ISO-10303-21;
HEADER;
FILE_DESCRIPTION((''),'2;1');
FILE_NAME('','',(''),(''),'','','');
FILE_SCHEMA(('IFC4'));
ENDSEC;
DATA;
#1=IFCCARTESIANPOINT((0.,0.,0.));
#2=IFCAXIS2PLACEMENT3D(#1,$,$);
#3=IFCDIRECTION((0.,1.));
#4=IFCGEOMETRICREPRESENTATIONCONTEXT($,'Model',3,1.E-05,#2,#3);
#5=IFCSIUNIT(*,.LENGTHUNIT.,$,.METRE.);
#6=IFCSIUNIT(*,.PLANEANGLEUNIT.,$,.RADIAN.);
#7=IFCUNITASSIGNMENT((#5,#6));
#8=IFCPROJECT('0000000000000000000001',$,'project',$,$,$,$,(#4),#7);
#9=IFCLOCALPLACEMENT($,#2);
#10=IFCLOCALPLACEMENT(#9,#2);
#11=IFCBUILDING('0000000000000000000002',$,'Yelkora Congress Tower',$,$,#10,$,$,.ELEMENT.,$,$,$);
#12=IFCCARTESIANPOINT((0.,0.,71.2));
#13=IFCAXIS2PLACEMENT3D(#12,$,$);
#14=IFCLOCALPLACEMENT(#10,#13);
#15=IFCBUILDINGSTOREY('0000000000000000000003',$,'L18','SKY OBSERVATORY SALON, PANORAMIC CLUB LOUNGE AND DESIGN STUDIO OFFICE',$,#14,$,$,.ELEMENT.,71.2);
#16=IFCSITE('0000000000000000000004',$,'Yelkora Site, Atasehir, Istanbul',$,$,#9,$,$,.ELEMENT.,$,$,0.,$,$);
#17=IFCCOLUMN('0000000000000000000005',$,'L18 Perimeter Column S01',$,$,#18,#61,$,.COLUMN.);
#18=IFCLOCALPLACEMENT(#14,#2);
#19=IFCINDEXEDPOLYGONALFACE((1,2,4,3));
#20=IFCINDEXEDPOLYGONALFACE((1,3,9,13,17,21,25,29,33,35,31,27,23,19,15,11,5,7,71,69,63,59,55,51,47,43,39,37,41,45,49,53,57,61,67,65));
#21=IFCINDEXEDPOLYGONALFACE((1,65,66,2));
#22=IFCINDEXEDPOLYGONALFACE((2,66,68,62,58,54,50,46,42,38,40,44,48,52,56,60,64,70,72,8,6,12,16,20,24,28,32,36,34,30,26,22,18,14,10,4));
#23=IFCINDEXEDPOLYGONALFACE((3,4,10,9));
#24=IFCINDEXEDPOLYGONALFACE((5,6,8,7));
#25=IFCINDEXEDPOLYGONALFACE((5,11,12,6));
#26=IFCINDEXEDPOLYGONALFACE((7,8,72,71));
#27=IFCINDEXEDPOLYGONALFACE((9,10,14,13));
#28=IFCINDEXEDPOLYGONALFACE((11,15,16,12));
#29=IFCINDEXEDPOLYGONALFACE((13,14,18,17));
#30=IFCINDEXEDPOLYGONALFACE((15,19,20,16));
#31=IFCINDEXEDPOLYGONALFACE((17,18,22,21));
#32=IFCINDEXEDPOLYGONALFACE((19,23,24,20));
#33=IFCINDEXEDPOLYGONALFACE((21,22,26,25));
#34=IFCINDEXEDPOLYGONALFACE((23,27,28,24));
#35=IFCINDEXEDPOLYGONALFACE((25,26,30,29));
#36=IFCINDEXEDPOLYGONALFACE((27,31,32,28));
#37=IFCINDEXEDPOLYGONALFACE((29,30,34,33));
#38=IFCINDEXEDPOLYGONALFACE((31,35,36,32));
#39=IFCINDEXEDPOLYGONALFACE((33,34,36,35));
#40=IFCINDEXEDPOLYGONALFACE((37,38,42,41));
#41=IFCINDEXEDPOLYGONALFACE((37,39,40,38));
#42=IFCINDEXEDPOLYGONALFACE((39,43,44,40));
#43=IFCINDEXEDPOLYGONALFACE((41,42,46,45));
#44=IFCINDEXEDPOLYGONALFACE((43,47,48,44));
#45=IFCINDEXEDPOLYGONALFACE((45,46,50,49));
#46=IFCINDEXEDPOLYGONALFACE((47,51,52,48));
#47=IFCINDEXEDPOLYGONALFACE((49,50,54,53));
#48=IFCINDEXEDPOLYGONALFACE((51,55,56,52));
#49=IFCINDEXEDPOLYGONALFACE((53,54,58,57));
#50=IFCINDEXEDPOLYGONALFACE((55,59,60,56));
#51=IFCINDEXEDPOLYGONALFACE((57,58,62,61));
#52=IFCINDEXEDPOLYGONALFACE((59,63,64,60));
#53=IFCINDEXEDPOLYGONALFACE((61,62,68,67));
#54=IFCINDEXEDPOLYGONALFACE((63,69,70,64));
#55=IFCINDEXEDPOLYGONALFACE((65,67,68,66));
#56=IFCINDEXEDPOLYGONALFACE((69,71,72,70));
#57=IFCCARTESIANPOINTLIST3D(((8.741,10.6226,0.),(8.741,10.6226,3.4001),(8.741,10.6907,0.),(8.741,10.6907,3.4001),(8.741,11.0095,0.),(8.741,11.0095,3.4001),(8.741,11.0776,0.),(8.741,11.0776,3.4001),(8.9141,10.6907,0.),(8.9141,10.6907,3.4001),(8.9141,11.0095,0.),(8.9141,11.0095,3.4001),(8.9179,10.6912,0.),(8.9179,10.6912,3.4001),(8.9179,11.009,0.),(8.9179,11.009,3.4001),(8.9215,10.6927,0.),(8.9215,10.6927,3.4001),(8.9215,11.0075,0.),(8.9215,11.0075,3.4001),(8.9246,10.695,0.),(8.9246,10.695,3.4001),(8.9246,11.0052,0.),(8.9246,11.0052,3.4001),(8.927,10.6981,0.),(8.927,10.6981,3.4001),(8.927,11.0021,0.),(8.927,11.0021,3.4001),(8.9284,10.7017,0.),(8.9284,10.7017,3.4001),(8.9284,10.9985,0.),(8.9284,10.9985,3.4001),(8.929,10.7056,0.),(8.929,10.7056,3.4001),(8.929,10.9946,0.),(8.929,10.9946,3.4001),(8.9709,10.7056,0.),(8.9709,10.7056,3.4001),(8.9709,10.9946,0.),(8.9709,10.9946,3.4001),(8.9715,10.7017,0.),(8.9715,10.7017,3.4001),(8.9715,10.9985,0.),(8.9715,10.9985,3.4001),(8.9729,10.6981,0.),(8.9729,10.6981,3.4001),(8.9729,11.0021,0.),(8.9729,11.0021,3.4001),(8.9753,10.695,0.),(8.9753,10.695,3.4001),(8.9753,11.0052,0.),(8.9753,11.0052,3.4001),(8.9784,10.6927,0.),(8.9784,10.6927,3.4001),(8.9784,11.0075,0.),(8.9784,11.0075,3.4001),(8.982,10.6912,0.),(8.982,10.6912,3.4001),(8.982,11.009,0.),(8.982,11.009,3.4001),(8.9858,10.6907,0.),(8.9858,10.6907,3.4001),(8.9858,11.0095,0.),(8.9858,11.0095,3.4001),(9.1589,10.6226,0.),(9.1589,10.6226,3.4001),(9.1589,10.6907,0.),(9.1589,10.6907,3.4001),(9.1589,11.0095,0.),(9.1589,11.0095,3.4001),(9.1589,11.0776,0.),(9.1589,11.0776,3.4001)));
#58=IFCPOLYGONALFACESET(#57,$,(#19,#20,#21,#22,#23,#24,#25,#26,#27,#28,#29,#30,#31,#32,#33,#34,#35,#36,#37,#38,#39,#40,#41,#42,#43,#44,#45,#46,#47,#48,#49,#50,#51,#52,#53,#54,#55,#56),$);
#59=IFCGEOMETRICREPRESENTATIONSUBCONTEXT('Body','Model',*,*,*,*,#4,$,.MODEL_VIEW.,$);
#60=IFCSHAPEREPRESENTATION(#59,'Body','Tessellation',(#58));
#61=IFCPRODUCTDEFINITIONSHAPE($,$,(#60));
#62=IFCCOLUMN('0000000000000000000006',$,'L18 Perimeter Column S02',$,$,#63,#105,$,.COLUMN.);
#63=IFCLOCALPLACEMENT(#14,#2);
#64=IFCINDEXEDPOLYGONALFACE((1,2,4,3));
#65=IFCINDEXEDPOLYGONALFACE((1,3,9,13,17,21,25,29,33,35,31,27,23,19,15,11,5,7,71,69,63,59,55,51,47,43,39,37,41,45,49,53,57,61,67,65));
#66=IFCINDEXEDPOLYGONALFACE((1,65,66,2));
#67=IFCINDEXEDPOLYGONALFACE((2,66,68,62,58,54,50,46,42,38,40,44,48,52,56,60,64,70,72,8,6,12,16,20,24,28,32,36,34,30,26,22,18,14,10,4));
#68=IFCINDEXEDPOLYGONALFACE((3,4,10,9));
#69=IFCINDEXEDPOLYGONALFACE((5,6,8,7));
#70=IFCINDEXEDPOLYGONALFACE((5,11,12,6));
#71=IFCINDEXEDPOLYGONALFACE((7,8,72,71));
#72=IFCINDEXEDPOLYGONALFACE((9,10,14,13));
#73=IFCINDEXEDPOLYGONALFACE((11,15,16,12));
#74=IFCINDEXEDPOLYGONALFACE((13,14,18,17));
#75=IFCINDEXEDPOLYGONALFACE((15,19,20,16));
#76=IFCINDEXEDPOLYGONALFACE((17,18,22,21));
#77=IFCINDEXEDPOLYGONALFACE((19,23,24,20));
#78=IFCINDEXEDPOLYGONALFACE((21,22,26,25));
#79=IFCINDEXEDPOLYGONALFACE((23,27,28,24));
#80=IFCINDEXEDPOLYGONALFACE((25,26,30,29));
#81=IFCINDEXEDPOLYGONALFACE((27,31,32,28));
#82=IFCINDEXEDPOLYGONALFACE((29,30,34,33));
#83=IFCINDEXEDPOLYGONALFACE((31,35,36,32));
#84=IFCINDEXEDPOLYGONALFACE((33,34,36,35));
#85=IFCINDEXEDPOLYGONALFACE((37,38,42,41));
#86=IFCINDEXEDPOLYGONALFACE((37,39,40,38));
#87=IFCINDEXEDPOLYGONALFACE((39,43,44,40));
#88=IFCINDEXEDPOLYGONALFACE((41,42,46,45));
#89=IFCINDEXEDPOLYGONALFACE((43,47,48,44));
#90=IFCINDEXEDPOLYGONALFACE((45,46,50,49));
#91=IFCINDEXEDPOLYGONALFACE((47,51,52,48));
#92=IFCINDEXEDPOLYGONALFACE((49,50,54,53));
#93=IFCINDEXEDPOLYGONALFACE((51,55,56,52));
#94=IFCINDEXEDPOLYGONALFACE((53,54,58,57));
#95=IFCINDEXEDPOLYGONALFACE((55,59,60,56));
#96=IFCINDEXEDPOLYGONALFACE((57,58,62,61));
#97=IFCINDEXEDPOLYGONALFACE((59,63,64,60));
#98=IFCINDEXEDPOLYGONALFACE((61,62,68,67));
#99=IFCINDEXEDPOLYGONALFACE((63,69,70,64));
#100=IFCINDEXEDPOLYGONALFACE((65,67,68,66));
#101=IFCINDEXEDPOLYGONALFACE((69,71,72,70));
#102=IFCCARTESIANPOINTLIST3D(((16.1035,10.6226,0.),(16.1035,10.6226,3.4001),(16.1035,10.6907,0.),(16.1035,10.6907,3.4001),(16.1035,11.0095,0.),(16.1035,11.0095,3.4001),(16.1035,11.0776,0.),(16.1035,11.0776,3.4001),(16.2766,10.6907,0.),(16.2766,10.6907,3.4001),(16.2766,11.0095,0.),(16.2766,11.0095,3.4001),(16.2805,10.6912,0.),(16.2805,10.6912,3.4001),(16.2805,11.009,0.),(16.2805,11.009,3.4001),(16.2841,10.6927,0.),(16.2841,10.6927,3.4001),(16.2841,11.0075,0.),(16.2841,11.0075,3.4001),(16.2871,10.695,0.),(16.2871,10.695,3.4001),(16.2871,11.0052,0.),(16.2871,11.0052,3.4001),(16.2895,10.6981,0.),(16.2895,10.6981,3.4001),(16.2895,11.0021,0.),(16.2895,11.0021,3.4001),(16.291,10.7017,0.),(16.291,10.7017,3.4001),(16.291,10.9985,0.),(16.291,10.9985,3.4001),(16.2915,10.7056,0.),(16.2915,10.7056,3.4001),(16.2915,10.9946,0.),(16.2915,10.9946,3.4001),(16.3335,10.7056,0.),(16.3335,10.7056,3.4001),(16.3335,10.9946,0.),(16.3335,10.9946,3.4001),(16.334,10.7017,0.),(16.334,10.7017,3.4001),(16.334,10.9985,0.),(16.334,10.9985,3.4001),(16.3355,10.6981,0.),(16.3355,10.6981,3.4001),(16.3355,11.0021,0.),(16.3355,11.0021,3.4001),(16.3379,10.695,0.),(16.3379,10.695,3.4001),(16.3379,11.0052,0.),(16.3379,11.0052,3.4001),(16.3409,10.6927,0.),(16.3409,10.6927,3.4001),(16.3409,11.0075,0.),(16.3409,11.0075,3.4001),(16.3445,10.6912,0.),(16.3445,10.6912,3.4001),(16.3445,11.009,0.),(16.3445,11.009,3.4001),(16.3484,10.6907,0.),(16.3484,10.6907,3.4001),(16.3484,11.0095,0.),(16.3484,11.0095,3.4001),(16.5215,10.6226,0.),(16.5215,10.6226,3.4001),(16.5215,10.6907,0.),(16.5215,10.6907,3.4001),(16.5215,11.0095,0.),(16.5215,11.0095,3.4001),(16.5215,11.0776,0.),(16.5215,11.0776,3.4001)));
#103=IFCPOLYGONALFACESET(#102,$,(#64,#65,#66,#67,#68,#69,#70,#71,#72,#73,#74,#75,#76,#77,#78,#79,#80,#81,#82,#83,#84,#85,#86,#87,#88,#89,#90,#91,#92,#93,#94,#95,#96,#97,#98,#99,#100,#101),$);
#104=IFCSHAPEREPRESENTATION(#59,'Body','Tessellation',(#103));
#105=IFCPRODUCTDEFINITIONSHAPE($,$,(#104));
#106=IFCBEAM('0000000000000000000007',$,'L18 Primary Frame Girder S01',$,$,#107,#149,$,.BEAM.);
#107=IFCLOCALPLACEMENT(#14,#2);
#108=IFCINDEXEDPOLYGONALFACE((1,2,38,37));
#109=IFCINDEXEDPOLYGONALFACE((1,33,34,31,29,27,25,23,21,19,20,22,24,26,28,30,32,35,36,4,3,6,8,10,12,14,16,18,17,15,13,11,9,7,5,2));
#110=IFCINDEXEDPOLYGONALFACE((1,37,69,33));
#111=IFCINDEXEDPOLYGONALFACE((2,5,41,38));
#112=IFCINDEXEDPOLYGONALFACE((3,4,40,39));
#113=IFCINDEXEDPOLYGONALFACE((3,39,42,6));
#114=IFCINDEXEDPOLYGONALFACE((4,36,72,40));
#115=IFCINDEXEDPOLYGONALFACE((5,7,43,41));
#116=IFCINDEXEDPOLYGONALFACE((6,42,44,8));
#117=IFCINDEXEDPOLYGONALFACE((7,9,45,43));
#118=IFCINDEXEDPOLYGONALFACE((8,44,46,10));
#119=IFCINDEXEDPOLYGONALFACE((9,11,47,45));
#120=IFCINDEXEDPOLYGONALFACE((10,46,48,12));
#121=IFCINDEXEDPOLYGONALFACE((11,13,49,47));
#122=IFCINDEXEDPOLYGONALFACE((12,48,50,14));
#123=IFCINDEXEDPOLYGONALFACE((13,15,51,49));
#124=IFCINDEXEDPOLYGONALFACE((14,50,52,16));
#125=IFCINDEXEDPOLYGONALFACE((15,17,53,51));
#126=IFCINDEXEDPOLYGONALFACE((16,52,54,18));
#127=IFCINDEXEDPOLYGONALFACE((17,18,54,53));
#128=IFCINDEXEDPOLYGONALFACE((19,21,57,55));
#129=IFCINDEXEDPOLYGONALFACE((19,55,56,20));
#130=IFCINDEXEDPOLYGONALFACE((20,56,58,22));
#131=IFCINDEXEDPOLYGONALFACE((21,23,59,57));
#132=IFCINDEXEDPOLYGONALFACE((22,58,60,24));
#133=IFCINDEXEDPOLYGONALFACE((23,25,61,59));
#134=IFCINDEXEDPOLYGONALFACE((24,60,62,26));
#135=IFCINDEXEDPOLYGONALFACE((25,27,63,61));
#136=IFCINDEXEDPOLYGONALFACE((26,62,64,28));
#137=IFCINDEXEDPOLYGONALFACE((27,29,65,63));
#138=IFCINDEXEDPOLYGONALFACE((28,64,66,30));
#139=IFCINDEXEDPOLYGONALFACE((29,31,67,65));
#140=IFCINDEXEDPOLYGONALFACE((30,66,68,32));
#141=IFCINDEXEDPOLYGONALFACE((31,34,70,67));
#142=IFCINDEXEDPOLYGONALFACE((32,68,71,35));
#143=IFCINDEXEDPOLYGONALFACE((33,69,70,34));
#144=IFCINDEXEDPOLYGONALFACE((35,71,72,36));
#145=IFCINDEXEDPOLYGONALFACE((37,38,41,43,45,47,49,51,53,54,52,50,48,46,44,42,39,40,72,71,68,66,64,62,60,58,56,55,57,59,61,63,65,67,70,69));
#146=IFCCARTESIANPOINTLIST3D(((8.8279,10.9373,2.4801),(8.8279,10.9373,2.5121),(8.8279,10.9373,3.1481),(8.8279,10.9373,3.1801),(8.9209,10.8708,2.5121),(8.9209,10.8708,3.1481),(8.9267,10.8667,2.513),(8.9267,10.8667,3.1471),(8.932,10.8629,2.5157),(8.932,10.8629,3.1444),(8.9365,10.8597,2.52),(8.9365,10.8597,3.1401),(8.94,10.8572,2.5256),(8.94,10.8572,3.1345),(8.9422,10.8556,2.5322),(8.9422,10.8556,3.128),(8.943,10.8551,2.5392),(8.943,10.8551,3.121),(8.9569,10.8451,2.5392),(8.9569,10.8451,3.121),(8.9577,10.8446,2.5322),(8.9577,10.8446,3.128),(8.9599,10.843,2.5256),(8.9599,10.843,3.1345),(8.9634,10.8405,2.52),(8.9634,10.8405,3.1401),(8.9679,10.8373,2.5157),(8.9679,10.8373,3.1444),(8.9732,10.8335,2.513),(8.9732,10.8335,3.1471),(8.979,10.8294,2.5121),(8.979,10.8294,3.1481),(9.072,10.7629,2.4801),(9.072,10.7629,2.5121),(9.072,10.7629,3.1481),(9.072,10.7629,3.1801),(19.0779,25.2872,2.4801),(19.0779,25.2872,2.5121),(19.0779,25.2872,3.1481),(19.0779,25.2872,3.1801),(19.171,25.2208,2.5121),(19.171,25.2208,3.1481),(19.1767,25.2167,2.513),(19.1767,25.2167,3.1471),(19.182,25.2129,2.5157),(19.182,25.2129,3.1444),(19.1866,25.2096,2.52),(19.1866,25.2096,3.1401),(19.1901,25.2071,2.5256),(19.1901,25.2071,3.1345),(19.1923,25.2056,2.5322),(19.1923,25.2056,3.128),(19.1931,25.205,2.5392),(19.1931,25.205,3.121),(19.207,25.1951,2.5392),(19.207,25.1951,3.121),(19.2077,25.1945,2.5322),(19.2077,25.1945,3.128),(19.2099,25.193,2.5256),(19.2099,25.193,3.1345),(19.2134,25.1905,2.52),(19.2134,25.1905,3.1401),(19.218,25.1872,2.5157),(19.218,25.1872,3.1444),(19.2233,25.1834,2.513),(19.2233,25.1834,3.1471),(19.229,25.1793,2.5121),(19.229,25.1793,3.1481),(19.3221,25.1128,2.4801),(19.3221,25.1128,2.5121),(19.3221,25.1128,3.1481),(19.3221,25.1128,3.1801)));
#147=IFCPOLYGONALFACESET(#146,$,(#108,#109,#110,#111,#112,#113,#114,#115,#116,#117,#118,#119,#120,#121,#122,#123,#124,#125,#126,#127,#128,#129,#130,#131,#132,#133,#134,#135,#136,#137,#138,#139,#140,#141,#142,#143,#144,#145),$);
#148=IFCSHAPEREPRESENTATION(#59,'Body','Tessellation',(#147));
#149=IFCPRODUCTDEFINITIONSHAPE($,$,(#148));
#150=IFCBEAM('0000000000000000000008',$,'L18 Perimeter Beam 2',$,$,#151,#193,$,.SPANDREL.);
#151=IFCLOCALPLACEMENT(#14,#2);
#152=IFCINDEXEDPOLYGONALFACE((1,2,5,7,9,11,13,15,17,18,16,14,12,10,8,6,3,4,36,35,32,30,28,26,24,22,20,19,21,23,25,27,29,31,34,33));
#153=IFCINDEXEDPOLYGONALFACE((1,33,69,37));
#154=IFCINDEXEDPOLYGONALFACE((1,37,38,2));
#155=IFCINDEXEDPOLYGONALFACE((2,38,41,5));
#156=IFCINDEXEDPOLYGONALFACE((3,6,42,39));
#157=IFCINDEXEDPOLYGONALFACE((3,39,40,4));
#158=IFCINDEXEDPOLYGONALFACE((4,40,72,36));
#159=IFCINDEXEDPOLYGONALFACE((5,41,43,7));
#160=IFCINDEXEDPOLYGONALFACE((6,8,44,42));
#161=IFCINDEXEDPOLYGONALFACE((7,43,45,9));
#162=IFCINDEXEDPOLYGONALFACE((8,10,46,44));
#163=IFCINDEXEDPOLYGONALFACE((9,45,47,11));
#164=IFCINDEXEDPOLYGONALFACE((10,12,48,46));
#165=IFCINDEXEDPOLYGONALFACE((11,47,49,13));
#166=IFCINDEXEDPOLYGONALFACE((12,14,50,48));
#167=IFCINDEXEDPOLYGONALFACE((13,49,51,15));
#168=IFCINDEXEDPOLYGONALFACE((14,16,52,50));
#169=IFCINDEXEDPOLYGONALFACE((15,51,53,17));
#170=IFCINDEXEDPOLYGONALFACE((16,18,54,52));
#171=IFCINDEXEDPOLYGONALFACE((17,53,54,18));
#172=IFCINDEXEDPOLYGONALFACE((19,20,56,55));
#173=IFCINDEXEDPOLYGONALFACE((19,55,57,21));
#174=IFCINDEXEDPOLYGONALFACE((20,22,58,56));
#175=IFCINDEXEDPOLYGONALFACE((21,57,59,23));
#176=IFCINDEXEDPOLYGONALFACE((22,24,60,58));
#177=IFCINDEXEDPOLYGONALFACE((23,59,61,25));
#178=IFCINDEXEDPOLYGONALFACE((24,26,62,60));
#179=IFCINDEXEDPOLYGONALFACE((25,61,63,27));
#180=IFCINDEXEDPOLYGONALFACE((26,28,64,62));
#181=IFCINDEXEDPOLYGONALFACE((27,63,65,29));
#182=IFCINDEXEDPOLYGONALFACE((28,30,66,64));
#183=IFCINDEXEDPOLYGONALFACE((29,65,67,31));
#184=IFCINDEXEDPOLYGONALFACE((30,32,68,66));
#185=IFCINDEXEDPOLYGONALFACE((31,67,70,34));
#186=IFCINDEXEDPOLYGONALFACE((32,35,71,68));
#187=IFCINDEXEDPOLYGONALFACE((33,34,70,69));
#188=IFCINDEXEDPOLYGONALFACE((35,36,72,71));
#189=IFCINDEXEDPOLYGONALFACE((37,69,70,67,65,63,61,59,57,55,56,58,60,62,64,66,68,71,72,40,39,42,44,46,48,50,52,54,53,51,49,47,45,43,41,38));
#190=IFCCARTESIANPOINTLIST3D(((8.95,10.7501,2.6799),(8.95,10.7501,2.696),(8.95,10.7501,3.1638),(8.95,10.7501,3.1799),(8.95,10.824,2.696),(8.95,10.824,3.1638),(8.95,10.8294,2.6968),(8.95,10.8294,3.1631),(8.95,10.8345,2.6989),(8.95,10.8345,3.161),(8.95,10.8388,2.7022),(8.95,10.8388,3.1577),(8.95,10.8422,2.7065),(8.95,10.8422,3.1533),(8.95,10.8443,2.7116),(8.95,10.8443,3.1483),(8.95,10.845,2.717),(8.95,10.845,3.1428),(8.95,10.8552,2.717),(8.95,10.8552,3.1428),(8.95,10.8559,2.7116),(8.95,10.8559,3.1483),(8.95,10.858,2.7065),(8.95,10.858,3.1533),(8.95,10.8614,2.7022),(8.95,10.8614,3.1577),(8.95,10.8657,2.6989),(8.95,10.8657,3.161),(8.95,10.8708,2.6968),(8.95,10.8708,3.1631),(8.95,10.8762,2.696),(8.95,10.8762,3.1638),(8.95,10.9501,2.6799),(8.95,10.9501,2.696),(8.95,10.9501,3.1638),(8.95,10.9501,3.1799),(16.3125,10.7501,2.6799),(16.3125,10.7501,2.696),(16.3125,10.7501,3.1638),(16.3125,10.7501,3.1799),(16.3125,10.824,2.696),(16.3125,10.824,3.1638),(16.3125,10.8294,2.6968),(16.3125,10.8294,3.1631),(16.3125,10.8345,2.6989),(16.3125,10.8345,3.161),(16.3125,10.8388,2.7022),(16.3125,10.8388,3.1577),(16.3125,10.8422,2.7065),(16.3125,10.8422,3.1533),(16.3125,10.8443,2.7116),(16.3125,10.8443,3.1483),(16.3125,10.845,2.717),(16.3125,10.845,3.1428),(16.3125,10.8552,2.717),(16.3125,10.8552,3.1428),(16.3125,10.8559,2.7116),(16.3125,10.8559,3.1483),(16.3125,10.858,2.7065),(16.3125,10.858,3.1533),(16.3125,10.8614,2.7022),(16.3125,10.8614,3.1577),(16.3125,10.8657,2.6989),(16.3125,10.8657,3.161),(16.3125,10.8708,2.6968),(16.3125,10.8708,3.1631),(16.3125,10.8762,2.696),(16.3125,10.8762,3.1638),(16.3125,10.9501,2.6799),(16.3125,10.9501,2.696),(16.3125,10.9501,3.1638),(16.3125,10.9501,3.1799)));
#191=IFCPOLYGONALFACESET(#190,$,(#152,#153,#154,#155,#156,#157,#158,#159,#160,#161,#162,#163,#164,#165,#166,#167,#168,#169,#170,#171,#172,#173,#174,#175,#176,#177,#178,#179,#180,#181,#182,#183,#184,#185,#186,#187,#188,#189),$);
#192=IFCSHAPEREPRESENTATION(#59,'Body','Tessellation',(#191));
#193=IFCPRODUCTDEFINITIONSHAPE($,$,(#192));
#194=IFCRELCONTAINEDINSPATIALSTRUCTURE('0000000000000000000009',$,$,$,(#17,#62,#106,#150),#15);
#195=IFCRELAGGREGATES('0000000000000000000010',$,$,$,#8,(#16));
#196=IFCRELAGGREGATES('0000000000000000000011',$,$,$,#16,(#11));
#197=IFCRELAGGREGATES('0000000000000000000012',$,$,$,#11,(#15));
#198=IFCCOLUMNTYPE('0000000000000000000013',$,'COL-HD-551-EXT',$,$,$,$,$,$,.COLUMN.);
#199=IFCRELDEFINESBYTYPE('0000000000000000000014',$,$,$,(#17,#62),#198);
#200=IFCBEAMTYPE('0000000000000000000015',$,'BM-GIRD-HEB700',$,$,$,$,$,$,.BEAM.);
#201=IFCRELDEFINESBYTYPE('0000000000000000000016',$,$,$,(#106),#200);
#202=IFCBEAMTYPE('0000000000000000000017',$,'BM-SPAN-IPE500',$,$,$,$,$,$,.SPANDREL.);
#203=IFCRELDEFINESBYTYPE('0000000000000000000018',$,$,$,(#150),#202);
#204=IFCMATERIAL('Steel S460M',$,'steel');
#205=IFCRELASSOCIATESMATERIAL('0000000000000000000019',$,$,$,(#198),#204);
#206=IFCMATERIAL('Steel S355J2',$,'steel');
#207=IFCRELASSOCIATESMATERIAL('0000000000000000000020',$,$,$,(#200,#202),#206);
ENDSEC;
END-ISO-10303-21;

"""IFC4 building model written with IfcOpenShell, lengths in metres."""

from ifc_helpers import new_model, si_unit, direction, frame, origin, origin_2d, place, context, subcontext, project, spatial, i_section, extrude, material, material_profile, profile_set, type_object, element, save


model = new_model("IFC4")

# Units and contexts
model_context = context("Model", 3, precision=1e-05, world=origin(), true_north=direction((0.0, 1.0)))
body_context = subcontext(model_context, "Body", "Model", "MODEL_VIEW")
ifc_project = project(units=[si_unit("LENGTHUNIT", "METRE"), si_unit("PLANEANGLEUNIT", "RADIAN")], contexts=[model_context])

# Site, building, storey
site_placement = place(None, origin())
site = spatial("IfcSite", under=ifc_project, at=site_placement, Name="Yelkora Site, Atasehir, Istanbul", CompositionType="ELEMENT", RefElevation=0.0)
building_placement = place(site_placement, origin())
building = spatial("IfcBuilding", under=site, at=building_placement, Name="Yelkora Congress Tower", CompositionType="ELEMENT")
storey_placement = place(building_placement, frame((0.0, 0.0, 71.2)))
storey = spatial("IfcBuildingStorey", under=building, at=storey_placement, Name="L18", Description="SKY OBSERVATORY SALON, PANORAMIC CLUB LOUNGE AND DESIGN STUDIO OFFICE", CompositionType="ELEMENT", Elevation=71.2)

# Columns
ifc_material_1 = material(Name="Steel S460M", Category="steel")
ifc_material_profile_1 = material_profile(ifc_material_1, i_section(OverallWidth=0.418, OverallDepth=0.4551, WebThickness=0.042, FlangeThickness=0.0681, FilletRadius=0.0149, at=origin_2d()), Name="HD 400x551")
ifc_profile_set_1 = profile_set([ifc_material_profile_1], Name="Steel S460M")
column_type = type_object("IfcColumnType", Name="COL-HD-551-EXT", PredefinedType="COLUMN", material=ifc_profile_set_1)
for number, where, z_axis, x_axis, name in (
    (1, (8.95, 10.8501, 0.0), (0.0, 0.0, 1.0), (1.0, 0.0, 0.0), "L18 Perimeter Column S01"),
    (2, (16.3125, 10.8501, 0.0), (0.0, 0.0, 1.0), (1.0, 0.0, 0.0), "L18 Perimeter Column S02"),
):
    element("IfcColumn", number, at=place(storey_placement, frame(where, z_axis=z_axis, x_axis=x_axis)), inside=storey, type_object=column_type, Name=name, PredefinedType="COLUMN", context=body_context, shape_type="SweptSolid", body=[
        extrude(i_section(OverallWidth=0.418, OverallDepth=0.4551, WebThickness=0.042, FlangeThickness=0.0681, FilletRadius=0.0149, at=origin_2d()), origin(), (0.0, 0.0, 1.0), 3.4001),
    ])

# Beams
ifc_material_2 = material(Name="Steel S355J2", Category="steel")
ifc_material_profile_2 = material_profile(ifc_material_2, i_section(OverallWidth=0.3, OverallDepth=0.7, WebThickness=0.0171, FlangeThickness=0.032, FilletRadius=0.0271, at=origin_2d()), Name="HEB 700")
ifc_profile_set_2 = profile_set([ifc_material_profile_2], Name="Steel S355J2")
beam_type_1 = type_object("IfcBeamType", Name="BM-GIRD-HEB700", PredefinedType="BEAM", material=ifc_profile_set_2)
beam_1_placement = place(storey_placement, frame((8.95, 10.8501, 2.8301), z_axis=(0.581242, 0.813731, 0.0), x_axis=(-0.813731, 0.581242, 0.0)))
element("IfcBeam", 3, at=beam_1_placement, inside=storey, type_object=beam_type_1, Name="L18 Primary Frame Girder S01", PredefinedType="BEAM", context=body_context, shape_type="SweptSolid", body=[
    extrude(i_section(OverallWidth=0.3, OverallDepth=0.7, WebThickness=0.0171, FlangeThickness=0.032, FilletRadius=0.0271, at=origin_2d()), origin(), (0.0, 0.0, 1.0), 17.6348),
])
ifc_material_profile_3 = material_profile(ifc_material_2, i_section(OverallWidth=0.2, OverallDepth=0.5, WebThickness=0.0103, FlangeThickness=0.0161, FilletRadius=0.021, at=origin_2d()), Name="IPE 500")
ifc_profile_set_3 = profile_set([ifc_material_profile_3], Name="Steel S355J2")
beam_type_2 = type_object("IfcBeamType", Name="BM-SPAN-IPE500", PredefinedType="SPANDREL", material=ifc_profile_set_3)
beam_2_placement = place(storey_placement, frame((8.95, 10.8501, 2.9299), z_axis=(1.0, 0.0, 0.0), x_axis=(0.0, 1.0, 0.0)))
element("IfcBeam", 4, at=beam_2_placement, inside=storey, type_object=beam_type_2, Name="L18 Perimeter Beam 2", PredefinedType="SPANDREL", context=body_context, shape_type="SweptSolid", body=[
    extrude(i_section(OverallWidth=0.2, OverallDepth=0.5, WebThickness=0.0103, FlangeThickness=0.0161, FilletRadius=0.021, at=origin_2d()), origin(), (0.0, 0.0, 1.0), 7.3625),
])

save(model, "model.ifc")
